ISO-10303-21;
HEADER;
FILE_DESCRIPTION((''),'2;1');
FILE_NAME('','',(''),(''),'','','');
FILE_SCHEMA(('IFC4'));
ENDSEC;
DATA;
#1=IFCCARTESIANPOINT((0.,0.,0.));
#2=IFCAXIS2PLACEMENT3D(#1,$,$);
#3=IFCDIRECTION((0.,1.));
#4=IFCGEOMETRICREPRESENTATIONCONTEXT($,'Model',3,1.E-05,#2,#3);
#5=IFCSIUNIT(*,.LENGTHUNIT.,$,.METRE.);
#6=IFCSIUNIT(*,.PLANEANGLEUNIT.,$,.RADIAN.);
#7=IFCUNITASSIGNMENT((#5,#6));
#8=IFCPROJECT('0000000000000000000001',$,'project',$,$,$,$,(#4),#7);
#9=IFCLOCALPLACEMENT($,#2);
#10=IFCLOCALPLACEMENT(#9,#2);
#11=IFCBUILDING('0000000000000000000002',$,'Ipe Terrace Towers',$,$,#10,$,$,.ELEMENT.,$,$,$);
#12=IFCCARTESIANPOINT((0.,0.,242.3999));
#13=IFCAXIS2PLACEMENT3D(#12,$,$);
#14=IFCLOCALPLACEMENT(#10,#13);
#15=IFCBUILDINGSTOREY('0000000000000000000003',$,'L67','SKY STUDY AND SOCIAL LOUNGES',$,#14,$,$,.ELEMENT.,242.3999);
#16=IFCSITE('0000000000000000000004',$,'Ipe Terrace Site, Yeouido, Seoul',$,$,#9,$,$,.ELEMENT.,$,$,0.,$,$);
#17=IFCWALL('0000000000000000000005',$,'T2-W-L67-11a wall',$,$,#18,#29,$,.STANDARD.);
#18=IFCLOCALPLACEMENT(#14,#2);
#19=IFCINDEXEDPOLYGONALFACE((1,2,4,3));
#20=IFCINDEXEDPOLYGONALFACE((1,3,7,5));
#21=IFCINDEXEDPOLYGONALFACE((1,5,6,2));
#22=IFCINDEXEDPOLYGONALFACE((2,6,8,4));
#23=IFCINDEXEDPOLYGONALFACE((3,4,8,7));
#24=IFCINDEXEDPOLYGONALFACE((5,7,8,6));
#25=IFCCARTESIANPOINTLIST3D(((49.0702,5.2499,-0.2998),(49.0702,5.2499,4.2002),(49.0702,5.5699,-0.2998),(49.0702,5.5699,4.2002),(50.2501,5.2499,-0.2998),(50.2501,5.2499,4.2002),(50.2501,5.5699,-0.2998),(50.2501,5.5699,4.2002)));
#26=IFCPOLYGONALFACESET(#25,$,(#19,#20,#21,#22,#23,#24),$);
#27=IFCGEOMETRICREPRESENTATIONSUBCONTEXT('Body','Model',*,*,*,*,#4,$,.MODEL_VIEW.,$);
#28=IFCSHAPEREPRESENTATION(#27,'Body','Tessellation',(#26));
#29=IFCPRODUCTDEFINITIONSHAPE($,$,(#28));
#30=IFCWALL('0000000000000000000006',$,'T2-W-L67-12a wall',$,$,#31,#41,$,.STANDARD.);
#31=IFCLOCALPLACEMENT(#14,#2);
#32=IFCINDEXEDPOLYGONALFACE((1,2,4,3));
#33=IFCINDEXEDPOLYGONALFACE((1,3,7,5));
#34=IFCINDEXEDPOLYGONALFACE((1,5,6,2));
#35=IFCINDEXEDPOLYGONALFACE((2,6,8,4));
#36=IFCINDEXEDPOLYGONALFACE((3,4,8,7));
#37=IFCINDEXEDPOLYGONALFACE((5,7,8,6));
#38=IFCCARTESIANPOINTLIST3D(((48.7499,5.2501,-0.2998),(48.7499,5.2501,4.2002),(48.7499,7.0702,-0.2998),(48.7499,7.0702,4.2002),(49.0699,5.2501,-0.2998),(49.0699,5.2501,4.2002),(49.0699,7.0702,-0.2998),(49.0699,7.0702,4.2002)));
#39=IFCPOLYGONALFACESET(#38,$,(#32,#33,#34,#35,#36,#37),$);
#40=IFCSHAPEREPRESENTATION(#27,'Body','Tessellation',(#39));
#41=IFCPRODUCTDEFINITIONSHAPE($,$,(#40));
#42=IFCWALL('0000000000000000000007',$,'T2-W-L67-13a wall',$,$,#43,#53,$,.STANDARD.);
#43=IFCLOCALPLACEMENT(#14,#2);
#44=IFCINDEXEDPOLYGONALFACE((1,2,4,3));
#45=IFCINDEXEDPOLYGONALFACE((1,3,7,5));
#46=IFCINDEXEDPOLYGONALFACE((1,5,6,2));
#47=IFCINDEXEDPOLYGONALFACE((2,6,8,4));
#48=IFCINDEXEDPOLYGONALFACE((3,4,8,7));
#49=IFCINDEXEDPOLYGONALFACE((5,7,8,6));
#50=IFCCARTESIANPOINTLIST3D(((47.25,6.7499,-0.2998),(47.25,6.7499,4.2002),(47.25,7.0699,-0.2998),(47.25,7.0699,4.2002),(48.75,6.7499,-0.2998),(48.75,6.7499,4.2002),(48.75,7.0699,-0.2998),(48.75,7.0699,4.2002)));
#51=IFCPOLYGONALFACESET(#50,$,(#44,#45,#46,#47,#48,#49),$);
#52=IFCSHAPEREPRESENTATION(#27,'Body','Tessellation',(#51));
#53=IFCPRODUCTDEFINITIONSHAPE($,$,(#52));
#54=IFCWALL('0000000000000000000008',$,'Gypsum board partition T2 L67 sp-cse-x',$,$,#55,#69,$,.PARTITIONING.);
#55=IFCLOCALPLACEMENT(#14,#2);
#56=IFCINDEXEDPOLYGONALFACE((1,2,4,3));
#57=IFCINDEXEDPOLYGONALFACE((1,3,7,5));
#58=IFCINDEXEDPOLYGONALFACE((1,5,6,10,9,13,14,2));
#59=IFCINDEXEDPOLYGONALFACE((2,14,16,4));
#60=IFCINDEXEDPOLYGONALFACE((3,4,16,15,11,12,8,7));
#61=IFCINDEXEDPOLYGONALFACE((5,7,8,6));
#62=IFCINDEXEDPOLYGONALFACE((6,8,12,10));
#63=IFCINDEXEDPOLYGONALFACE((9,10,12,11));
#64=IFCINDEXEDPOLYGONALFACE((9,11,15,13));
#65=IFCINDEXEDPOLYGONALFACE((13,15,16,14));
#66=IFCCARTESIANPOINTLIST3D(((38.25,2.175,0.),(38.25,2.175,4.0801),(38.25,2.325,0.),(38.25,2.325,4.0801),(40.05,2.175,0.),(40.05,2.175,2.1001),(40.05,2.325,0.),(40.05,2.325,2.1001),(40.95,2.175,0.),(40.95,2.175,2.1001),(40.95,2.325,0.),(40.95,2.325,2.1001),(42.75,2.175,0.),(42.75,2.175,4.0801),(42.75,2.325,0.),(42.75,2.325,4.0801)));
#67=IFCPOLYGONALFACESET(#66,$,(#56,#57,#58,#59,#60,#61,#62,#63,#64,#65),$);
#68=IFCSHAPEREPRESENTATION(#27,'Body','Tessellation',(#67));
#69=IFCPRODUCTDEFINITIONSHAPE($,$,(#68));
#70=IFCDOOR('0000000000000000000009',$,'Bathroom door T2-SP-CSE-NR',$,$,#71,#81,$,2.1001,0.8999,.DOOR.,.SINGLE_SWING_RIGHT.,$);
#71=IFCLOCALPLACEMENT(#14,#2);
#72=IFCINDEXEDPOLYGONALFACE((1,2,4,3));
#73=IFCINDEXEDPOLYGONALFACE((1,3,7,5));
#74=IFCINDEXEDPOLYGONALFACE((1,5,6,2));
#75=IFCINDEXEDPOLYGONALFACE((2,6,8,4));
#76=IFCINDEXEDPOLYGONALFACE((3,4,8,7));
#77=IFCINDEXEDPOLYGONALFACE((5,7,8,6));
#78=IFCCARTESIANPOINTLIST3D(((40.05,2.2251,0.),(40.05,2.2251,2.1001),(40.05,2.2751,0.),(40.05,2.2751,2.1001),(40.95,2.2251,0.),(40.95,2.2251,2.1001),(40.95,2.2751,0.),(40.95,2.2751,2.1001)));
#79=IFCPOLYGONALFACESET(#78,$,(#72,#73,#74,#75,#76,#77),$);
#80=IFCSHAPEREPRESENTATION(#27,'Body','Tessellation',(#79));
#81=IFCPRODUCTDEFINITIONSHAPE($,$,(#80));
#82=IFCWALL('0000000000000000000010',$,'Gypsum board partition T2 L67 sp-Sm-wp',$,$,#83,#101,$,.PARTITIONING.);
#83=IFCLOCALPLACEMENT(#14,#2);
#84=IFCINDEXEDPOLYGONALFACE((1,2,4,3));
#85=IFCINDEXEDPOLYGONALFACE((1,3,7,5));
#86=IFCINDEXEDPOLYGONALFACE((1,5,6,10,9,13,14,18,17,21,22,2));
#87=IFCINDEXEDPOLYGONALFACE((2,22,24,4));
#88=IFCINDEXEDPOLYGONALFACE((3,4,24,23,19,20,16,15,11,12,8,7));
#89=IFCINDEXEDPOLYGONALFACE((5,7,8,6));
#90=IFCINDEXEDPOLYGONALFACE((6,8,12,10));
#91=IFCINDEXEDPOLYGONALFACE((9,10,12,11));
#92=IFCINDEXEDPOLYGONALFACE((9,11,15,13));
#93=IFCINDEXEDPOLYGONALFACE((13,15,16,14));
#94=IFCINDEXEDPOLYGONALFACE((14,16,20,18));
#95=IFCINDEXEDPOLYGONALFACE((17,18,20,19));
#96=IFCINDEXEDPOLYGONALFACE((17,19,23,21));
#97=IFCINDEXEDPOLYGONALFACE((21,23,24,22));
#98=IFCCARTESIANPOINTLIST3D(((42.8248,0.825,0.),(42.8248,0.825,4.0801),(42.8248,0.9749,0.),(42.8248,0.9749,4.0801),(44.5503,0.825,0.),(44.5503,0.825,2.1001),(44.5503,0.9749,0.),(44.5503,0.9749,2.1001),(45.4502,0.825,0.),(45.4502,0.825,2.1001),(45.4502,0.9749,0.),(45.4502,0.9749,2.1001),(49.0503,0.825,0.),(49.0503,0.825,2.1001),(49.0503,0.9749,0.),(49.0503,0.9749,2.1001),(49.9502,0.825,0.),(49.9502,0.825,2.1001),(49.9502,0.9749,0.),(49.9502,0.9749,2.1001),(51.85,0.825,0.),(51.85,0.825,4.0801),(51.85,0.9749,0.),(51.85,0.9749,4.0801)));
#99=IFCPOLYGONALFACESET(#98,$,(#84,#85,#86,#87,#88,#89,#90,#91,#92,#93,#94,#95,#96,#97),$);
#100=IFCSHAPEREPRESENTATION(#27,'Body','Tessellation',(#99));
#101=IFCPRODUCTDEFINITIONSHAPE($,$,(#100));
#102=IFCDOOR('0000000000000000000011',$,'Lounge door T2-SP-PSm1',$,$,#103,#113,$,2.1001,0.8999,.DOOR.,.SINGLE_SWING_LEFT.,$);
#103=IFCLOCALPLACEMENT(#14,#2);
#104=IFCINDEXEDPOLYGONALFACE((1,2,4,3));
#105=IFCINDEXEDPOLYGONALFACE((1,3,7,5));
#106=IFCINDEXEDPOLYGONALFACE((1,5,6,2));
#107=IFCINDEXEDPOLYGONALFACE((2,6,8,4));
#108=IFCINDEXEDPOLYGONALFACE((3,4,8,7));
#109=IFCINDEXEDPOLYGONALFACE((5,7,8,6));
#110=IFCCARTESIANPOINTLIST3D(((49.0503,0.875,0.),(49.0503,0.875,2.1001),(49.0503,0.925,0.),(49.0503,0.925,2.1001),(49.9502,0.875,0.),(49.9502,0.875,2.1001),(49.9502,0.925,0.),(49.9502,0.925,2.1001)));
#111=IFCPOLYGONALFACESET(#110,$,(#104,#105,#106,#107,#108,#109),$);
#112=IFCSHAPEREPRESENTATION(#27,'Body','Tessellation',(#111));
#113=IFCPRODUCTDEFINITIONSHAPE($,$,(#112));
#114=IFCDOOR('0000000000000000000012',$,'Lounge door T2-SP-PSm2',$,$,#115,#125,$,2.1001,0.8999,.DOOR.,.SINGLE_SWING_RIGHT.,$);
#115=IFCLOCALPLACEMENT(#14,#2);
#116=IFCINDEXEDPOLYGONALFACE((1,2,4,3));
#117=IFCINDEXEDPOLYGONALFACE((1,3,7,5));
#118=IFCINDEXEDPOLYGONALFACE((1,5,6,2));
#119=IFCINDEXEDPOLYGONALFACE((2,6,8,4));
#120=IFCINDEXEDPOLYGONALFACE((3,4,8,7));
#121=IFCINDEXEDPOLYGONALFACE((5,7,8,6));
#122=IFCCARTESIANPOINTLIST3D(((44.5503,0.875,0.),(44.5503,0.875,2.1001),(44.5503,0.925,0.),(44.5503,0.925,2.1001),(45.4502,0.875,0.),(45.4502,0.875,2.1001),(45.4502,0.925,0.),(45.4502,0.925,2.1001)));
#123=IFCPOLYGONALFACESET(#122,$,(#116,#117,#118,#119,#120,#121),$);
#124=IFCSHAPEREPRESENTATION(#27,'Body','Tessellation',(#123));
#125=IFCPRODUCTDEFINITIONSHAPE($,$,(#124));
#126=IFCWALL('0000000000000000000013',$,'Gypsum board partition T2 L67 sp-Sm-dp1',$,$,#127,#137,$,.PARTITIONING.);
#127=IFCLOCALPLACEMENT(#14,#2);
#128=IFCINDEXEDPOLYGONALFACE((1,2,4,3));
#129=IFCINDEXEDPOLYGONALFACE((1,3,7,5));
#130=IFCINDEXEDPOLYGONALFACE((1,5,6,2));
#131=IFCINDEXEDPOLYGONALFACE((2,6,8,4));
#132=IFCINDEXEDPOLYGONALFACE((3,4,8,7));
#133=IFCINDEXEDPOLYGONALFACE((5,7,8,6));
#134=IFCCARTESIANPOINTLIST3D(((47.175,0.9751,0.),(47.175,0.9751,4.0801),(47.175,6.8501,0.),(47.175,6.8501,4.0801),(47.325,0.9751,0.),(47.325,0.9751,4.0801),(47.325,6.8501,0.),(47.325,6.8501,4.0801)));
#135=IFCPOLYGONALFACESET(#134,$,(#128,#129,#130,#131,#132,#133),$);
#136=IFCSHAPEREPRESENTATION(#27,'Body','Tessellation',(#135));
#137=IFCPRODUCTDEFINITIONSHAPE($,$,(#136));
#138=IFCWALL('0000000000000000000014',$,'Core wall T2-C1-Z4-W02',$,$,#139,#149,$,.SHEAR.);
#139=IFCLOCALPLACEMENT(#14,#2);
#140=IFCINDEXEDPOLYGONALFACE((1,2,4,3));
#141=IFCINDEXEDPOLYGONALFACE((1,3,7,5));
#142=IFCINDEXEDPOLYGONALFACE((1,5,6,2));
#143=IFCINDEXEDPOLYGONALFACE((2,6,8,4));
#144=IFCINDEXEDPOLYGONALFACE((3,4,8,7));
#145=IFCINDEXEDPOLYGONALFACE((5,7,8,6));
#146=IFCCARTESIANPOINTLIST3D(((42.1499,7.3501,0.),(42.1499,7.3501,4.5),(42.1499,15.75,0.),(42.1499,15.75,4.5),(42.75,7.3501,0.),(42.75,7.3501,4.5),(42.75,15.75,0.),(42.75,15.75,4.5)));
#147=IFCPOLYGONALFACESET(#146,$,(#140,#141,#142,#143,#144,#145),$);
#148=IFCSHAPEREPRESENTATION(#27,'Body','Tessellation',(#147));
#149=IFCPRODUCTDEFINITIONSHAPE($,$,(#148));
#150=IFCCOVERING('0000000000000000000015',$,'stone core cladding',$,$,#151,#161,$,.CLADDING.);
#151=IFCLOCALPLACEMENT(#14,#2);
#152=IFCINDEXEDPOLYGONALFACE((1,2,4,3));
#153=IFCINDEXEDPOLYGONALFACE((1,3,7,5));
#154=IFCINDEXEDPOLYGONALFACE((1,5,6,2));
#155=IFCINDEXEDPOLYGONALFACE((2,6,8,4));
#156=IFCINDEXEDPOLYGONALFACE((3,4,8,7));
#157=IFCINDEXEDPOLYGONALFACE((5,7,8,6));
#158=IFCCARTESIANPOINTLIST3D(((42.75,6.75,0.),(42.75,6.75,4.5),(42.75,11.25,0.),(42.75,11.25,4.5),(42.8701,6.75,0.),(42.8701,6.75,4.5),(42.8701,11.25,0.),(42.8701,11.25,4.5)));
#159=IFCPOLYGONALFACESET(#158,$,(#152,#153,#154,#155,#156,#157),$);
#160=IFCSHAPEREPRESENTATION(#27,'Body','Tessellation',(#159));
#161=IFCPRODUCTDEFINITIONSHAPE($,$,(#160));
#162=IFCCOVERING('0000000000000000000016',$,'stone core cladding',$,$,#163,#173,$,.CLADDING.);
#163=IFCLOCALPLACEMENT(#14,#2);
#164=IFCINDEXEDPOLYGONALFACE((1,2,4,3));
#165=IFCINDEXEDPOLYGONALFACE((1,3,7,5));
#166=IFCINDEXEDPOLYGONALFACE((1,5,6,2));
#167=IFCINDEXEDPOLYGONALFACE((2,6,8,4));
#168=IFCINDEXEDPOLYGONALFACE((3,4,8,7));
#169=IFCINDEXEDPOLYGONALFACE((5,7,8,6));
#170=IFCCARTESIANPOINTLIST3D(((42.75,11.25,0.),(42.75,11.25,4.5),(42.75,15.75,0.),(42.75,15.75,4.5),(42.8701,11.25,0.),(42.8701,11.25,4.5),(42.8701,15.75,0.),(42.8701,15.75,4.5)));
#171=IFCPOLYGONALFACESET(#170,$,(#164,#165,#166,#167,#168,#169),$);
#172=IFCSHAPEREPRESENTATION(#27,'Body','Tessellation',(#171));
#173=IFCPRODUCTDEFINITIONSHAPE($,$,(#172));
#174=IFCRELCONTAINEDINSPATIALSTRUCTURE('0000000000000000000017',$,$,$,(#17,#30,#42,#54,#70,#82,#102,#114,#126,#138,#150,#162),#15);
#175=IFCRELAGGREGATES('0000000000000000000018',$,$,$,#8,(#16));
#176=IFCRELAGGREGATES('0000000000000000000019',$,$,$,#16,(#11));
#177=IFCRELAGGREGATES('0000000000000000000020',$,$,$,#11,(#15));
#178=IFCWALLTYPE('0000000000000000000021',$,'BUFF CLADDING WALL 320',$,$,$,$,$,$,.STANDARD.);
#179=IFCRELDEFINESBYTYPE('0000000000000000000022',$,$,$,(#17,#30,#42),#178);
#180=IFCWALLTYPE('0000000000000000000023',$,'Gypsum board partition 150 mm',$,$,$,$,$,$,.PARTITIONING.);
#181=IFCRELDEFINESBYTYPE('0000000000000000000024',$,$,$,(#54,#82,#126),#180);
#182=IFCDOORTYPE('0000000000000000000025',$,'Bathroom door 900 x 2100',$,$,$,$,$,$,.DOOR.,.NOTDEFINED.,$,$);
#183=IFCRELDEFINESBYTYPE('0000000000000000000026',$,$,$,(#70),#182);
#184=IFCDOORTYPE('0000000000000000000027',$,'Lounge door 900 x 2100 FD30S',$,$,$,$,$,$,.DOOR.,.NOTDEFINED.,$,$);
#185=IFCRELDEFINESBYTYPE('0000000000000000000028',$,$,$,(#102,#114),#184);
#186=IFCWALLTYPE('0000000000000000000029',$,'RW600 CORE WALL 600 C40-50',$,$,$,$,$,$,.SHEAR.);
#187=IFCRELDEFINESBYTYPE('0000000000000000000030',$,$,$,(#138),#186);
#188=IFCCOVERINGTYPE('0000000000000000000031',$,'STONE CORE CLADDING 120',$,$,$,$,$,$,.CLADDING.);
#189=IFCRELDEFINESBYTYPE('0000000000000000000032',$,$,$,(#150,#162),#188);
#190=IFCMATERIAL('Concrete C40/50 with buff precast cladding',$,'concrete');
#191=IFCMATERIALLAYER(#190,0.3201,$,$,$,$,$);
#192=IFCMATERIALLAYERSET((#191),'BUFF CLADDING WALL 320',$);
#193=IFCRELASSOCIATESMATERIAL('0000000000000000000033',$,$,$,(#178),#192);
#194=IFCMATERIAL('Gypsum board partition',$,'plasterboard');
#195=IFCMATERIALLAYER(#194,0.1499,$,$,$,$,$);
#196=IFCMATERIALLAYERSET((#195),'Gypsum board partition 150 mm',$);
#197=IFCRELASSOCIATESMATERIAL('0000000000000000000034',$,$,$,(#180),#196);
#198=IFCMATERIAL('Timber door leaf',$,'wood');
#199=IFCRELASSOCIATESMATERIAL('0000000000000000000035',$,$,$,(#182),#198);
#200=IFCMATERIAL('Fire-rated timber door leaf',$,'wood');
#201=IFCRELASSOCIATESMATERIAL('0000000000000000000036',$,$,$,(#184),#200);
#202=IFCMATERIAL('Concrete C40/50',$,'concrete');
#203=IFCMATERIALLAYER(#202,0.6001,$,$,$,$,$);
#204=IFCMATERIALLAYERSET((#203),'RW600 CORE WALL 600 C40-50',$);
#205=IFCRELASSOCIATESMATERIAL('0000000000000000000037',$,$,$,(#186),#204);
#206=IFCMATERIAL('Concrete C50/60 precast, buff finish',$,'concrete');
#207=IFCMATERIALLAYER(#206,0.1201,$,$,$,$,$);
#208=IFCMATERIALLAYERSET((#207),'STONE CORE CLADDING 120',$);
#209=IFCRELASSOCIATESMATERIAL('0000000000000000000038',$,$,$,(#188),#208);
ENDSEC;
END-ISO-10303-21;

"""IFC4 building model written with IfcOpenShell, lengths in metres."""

from ifc_helpers import new_model, si_unit, direction, frame, frame_2d, origin, origin_2d, place, context, subcontext, project, spatial, rectangle, extrude, material, layer, layer_set, type_object, element, fill, save


model = new_model("IFC4")

# Units and contexts
model_context = context("Model", 3, precision=1e-05, world=origin(), true_north=direction((0.0, 1.0)))
body_context = subcontext(model_context, "Body", "Model", "MODEL_VIEW")
ifc_project = project(units=[si_unit("LENGTHUNIT", "METRE"), si_unit("PLANEANGLEUNIT", "RADIAN")], contexts=[model_context])

# Site, building, storey
site_placement = place(None, origin())
site = spatial("IfcSite", under=ifc_project, at=site_placement, Name="Ipe Terrace Site, Yeouido, Seoul", CompositionType="ELEMENT", RefElevation=0.0)
building_placement = place(site_placement, origin())
building = spatial("IfcBuilding", under=site, at=building_placement, Name="Ipe Terrace Towers", CompositionType="ELEMENT")
storey_placement = place(building_placement, frame((0.0, 0.0, 242.3999)))
storey = spatial("IfcBuildingStorey", under=building, at=storey_placement, Name="L67", Description="SKY STUDY AND SOCIAL LOUNGES", CompositionType="ELEMENT", Elevation=242.3999)

# Walls
ifc_material_1 = material(Name="Concrete C40/50 with buff precast cladding", Category="concrete")
ifc_layer_1 = layer(ifc_material_1, 0.3201)
ifc_layer_set_1 = layer_set([ifc_layer_1], Name="BUFF CLADDING WALL 320")
wall_type_1 = type_object("IfcWallType", Name="BUFF CLADDING WALL 320", PredefinedType="STANDARD", material=ifc_layer_set_1)
wall_1_placement = place(storey_placement, frame((50.25, 5.4099, -0.2998), z_axis=(0.0, 0.0, 1.0), x_axis=(-1.0, 0.0, 0.0)))
element("IfcWall", 1, at=wall_1_placement, inside=storey, type_object=wall_type_1, Name="T2-W-L67-11a wall", PredefinedType="STANDARD", context=body_context, shape_type="SweptSolid", body=[
    extrude(rectangle(XDim=1.1799, YDim=0.3201, at=frame_2d((0.5898, 0.0))), origin(), (0.0, 0.0, 1.0), 4.5),
])
wall_2_placement = place(storey_placement, frame((48.9099, 5.25, -0.2998), z_axis=(0.0, 0.0, 1.0), x_axis=(0.0, 1.0, 0.0)))
element("IfcWall", 2, at=wall_2_placement, inside=storey, type_object=wall_type_1, Name="T2-W-L67-12a wall", PredefinedType="STANDARD", context=body_context, shape_type="SweptSolid", body=[
    extrude(rectangle(XDim=1.8201, YDim=0.3201, at=frame_2d((0.9102, 0.0))), origin(), (0.0, 0.0, 1.0), 4.5),
])
wall_3_placement = place(storey_placement, frame((48.75, 6.9099, -0.2998), z_axis=(0.0, 0.0, 1.0), x_axis=(-1.0, 0.0, 0.0)))
element("IfcWall", 3, at=wall_3_placement, inside=storey, type_object=wall_type_1, Name="T2-W-L67-13a wall", PredefinedType="STANDARD", context=body_context, shape_type="SweptSolid", body=[
    extrude(rectangle(XDim=1.5, YDim=0.3201, at=frame_2d((0.75, 0.0))), origin(), (0.0, 0.0, 1.0), 4.5),
])

# Wall, opening, door
ifc_material_2 = material(Name="Gypsum board partition", Category="plasterboard")
ifc_layer_2 = layer(ifc_material_2, 0.1499)
ifc_layer_set_2 = layer_set([ifc_layer_2], Name="Gypsum board partition 150 mm")
wall_type_2 = type_object("IfcWallType", Name="Gypsum board partition 150 mm", PredefinedType="PARTITIONING", material=ifc_layer_set_2)
wall_4_placement = place(storey_placement, frame((42.75, 2.25, 0.0), z_axis=(0.0, 0.0, 1.0), x_axis=(-1.0, 0.0, 0.0)))
wall_4 = element("IfcWall", 4, at=wall_4_placement, inside=storey, type_object=wall_type_2, Name="Gypsum board partition T2 L67 sp-cse-x", PredefinedType="PARTITIONING", context=body_context, shape_type="SweptSolid", body=[
    extrude(rectangle(XDim=4.5, YDim=0.1499, at=frame_2d((2.25, 0.0))), origin(), (0.0, 0.0, 1.0), 4.0801),
])
opening_1_placement = place(wall_4_placement, frame((1.8, 0.0, 0.0)))
opening_1 = element("IfcOpeningElement", 5, at=opening_1_placement, cuts=wall_4, PredefinedType="OPENING", context=body_context, shape_type="SweptSolid", body=[
    extrude(rectangle(XDim=0.8999, YDim=2.1001, at=frame_2d((0.45, 1.05))), frame((0.0, 0.085, 0.0), z_axis=(0.0, -1.0, 0.0), x_axis=(1.0, 0.0, 0.0)), (0.0, 0.0, 1.0), 0.1699),
])
ifc_material_3 = material(Name="Timber door leaf", Category="wood")
door_type_1 = type_object("IfcDoorType", Name="Bathroom door 900 x 2100", OperationType="NOTDEFINED", PredefinedType="DOOR", material=ifc_material_3)
door_1_placement = place(opening_1_placement, origin())
door_1 = element("IfcDoor", 6, at=door_1_placement, inside=storey, type_object=door_type_1, Name="Bathroom door T2-SP-CSE-NR", OperationType="SINGLE_SWING_RIGHT", OverallHeight=2.1001, OverallWidth=0.8999, PredefinedType="DOOR", context=body_context, shape_type="SweptSolid", body=[
    extrude(rectangle(XDim=0.8999, YDim=2.1001, at=frame_2d((0.45, 1.05))), frame((0.0, 0.0249, 0.0), z_axis=(0.0, -1.0, 0.0), x_axis=(1.0, 0.0, 0.0)), (0.0, 0.0, 1.0), 0.05),
])
fill(opening_1, door_1)

# Wall, openings, doors
wall_5_placement = place(storey_placement, frame((51.8501, 0.8999, 0.0), z_axis=(0.0, 0.0, 1.0), x_axis=(-1.0, 0.0, 0.0)))
wall_5 = element("IfcWall", 7, at=wall_5_placement, inside=storey, type_object=wall_type_2, Name="Gypsum board partition T2 L67 sp-Sm-wp", PredefinedType="PARTITIONING", context=body_context, shape_type="SweptSolid", body=[
    extrude(rectangle(XDim=9.0251, YDim=0.1499, at=frame_2d((4.5127, 0.0))), origin(), (0.0, 0.0, 1.0), 4.0801),
])
opening_2_placement = place(wall_5_placement, frame((1.8999, 0.0, 0.0)))
opening_2 = element("IfcOpeningElement", 8, at=opening_2_placement, cuts=wall_5, PredefinedType="OPENING", context=body_context, shape_type="SweptSolid", body=[
    extrude(rectangle(XDim=0.8999, YDim=2.1001, at=frame_2d((0.45, 1.05))), frame((0.0, 0.085, 0.0), z_axis=(0.0, -1.0, 0.0), x_axis=(1.0, 0.0, 0.0)), (0.0, 0.0, 1.0), 0.1699),
])
opening_3_placement = place(wall_5_placement, frame((6.3999, 0.0, 0.0)))
opening_3 = element("IfcOpeningElement", 9, at=opening_3_placement, cuts=wall_5, PredefinedType="OPENING", context=body_context, shape_type="SweptSolid", body=[
    extrude(rectangle(XDim=0.8999, YDim=2.1001, at=frame_2d((0.45, 1.05))), frame((0.0, 0.085, 0.0), z_axis=(0.0, -1.0, 0.0), x_axis=(1.0, 0.0, 0.0)), (0.0, 0.0, 1.0), 0.1699),
])
ifc_material_4 = material(Name="Fire-rated timber door leaf", Category="wood")
door_type_2 = type_object("IfcDoorType", Name="Lounge door 900 x 2100 FD30S", OperationType="NOTDEFINED", PredefinedType="DOOR", material=ifc_material_4)
door_2_placement = place(opening_2_placement, origin())
door_2 = element("IfcDoor", 10, at=door_2_placement, inside=storey, type_object=door_type_2, Name="Lounge door T2-SP-PSm1", OperationType="SINGLE_SWING_LEFT", OverallHeight=2.1001, OverallWidth=0.8999, PredefinedType="DOOR", context=body_context, shape_type="SweptSolid", body=[
    extrude(rectangle(XDim=0.8999, YDim=2.1001, at=frame_2d((0.45, 1.05))), frame((0.0, 0.0249, 0.0), z_axis=(0.0, -1.0, 0.0), x_axis=(1.0, 0.0, 0.0)), (0.0, 0.0, 1.0), 0.05),
])
fill(opening_2, door_2)
door_3_placement = place(opening_3_placement, origin())
door_3 = element("IfcDoor", 11, at=door_3_placement, inside=storey, type_object=door_type_2, Name="Lounge door T2-SP-PSm2", OperationType="SINGLE_SWING_RIGHT", OverallHeight=2.1001, OverallWidth=0.8999, PredefinedType="DOOR", context=body_context, shape_type="SweptSolid", body=[
    extrude(rectangle(XDim=0.8999, YDim=2.1001, at=frame_2d((0.45, 1.05))), frame((0.0, 0.0249, 0.0), z_axis=(0.0, -1.0, 0.0), x_axis=(1.0, 0.0, 0.0)), (0.0, 0.0, 1.0), 0.05),
])
fill(opening_3, door_3)

# Walls
wall_6_placement = place(storey_placement, frame((47.25, 0.9751, 0.0), z_axis=(0.0, 0.0, 1.0), x_axis=(0.0, 1.0, 0.0)))
element("IfcWall", 12, at=wall_6_placement, inside=storey, type_object=wall_type_2, Name="Gypsum board partition T2 L67 sp-Sm-dp1", PredefinedType="PARTITIONING", context=body_context, shape_type="SweptSolid", body=[
    extrude(rectangle(XDim=5.875, YDim=0.1499, at=frame_2d((2.9375, 0.0))), origin(), (0.0, 0.0, 1.0), 4.0801),
])
ifc_material_5 = material(Name="Concrete C40/50", Category="concrete")
ifc_layer_3 = layer(ifc_material_5, 0.6001)
ifc_layer_set_3 = layer_set([ifc_layer_3], Name="RW600 CORE WALL 600 C40-50")
wall_type_3 = type_object("IfcWallType", Name="RW600 CORE WALL 600 C40-50", PredefinedType="SHEAR", material=ifc_layer_set_3)
wall_7_placement = place(storey_placement, frame((42.45, 7.3501, 0.0), z_axis=(0.0, 0.0, 1.0), x_axis=(0.0, 1.0, 0.0)))
element("IfcWall", 13, at=wall_7_placement, inside=storey, type_object=wall_type_3, Name="Core wall T2-C1-Z4-W02", PredefinedType="SHEAR", context=body_context, shape_type="SweptSolid", body=[
    extrude(rectangle(XDim=8.3999, YDim=0.6001, at=frame_2d((4.2, 0.0))), origin(), (0.0, 0.0, 1.0), 4.5),
])

# Coverings
ifc_material_6 = material(Name="Concrete C50/60 precast, buff finish", Category="concrete")
ifc_layer_4 = layer(ifc_material_6, 0.1201)
ifc_layer_set_4 = layer_set([ifc_layer_4], Name="STONE CORE CLADDING 120")
covering_type_1 = type_object("IfcCoveringType", Name="STONE CORE CLADDING 120", PredefinedType="CLADDING", material=ifc_layer_set_4)
for number, where, z_axis, x_axis, name in (
    (14, (42.8101, 9.0, 0.0), (0.0, 0.0, 1.0), (0.0, 1.0, 0.0), "stone core cladding"),
    (15, (42.8101, 13.5, 0.0), (0.0, 0.0, 1.0), (0.0, 1.0, 0.0), "stone core cladding"),
):
    element("IfcCovering", number, at=place(storey_placement, frame(where, z_axis=z_axis, x_axis=x_axis)), inside=storey, type_object=covering_type_1, Name=name, PredefinedType="CLADDING", context=body_context, shape_type="SweptSolid", body=[
        extrude(rectangle(XDim=4.5, YDim=0.1201, at=origin_2d()), origin(), (0.0, 0.0, 1.0), 4.5),
    ])

save(model, "model.ifc")
